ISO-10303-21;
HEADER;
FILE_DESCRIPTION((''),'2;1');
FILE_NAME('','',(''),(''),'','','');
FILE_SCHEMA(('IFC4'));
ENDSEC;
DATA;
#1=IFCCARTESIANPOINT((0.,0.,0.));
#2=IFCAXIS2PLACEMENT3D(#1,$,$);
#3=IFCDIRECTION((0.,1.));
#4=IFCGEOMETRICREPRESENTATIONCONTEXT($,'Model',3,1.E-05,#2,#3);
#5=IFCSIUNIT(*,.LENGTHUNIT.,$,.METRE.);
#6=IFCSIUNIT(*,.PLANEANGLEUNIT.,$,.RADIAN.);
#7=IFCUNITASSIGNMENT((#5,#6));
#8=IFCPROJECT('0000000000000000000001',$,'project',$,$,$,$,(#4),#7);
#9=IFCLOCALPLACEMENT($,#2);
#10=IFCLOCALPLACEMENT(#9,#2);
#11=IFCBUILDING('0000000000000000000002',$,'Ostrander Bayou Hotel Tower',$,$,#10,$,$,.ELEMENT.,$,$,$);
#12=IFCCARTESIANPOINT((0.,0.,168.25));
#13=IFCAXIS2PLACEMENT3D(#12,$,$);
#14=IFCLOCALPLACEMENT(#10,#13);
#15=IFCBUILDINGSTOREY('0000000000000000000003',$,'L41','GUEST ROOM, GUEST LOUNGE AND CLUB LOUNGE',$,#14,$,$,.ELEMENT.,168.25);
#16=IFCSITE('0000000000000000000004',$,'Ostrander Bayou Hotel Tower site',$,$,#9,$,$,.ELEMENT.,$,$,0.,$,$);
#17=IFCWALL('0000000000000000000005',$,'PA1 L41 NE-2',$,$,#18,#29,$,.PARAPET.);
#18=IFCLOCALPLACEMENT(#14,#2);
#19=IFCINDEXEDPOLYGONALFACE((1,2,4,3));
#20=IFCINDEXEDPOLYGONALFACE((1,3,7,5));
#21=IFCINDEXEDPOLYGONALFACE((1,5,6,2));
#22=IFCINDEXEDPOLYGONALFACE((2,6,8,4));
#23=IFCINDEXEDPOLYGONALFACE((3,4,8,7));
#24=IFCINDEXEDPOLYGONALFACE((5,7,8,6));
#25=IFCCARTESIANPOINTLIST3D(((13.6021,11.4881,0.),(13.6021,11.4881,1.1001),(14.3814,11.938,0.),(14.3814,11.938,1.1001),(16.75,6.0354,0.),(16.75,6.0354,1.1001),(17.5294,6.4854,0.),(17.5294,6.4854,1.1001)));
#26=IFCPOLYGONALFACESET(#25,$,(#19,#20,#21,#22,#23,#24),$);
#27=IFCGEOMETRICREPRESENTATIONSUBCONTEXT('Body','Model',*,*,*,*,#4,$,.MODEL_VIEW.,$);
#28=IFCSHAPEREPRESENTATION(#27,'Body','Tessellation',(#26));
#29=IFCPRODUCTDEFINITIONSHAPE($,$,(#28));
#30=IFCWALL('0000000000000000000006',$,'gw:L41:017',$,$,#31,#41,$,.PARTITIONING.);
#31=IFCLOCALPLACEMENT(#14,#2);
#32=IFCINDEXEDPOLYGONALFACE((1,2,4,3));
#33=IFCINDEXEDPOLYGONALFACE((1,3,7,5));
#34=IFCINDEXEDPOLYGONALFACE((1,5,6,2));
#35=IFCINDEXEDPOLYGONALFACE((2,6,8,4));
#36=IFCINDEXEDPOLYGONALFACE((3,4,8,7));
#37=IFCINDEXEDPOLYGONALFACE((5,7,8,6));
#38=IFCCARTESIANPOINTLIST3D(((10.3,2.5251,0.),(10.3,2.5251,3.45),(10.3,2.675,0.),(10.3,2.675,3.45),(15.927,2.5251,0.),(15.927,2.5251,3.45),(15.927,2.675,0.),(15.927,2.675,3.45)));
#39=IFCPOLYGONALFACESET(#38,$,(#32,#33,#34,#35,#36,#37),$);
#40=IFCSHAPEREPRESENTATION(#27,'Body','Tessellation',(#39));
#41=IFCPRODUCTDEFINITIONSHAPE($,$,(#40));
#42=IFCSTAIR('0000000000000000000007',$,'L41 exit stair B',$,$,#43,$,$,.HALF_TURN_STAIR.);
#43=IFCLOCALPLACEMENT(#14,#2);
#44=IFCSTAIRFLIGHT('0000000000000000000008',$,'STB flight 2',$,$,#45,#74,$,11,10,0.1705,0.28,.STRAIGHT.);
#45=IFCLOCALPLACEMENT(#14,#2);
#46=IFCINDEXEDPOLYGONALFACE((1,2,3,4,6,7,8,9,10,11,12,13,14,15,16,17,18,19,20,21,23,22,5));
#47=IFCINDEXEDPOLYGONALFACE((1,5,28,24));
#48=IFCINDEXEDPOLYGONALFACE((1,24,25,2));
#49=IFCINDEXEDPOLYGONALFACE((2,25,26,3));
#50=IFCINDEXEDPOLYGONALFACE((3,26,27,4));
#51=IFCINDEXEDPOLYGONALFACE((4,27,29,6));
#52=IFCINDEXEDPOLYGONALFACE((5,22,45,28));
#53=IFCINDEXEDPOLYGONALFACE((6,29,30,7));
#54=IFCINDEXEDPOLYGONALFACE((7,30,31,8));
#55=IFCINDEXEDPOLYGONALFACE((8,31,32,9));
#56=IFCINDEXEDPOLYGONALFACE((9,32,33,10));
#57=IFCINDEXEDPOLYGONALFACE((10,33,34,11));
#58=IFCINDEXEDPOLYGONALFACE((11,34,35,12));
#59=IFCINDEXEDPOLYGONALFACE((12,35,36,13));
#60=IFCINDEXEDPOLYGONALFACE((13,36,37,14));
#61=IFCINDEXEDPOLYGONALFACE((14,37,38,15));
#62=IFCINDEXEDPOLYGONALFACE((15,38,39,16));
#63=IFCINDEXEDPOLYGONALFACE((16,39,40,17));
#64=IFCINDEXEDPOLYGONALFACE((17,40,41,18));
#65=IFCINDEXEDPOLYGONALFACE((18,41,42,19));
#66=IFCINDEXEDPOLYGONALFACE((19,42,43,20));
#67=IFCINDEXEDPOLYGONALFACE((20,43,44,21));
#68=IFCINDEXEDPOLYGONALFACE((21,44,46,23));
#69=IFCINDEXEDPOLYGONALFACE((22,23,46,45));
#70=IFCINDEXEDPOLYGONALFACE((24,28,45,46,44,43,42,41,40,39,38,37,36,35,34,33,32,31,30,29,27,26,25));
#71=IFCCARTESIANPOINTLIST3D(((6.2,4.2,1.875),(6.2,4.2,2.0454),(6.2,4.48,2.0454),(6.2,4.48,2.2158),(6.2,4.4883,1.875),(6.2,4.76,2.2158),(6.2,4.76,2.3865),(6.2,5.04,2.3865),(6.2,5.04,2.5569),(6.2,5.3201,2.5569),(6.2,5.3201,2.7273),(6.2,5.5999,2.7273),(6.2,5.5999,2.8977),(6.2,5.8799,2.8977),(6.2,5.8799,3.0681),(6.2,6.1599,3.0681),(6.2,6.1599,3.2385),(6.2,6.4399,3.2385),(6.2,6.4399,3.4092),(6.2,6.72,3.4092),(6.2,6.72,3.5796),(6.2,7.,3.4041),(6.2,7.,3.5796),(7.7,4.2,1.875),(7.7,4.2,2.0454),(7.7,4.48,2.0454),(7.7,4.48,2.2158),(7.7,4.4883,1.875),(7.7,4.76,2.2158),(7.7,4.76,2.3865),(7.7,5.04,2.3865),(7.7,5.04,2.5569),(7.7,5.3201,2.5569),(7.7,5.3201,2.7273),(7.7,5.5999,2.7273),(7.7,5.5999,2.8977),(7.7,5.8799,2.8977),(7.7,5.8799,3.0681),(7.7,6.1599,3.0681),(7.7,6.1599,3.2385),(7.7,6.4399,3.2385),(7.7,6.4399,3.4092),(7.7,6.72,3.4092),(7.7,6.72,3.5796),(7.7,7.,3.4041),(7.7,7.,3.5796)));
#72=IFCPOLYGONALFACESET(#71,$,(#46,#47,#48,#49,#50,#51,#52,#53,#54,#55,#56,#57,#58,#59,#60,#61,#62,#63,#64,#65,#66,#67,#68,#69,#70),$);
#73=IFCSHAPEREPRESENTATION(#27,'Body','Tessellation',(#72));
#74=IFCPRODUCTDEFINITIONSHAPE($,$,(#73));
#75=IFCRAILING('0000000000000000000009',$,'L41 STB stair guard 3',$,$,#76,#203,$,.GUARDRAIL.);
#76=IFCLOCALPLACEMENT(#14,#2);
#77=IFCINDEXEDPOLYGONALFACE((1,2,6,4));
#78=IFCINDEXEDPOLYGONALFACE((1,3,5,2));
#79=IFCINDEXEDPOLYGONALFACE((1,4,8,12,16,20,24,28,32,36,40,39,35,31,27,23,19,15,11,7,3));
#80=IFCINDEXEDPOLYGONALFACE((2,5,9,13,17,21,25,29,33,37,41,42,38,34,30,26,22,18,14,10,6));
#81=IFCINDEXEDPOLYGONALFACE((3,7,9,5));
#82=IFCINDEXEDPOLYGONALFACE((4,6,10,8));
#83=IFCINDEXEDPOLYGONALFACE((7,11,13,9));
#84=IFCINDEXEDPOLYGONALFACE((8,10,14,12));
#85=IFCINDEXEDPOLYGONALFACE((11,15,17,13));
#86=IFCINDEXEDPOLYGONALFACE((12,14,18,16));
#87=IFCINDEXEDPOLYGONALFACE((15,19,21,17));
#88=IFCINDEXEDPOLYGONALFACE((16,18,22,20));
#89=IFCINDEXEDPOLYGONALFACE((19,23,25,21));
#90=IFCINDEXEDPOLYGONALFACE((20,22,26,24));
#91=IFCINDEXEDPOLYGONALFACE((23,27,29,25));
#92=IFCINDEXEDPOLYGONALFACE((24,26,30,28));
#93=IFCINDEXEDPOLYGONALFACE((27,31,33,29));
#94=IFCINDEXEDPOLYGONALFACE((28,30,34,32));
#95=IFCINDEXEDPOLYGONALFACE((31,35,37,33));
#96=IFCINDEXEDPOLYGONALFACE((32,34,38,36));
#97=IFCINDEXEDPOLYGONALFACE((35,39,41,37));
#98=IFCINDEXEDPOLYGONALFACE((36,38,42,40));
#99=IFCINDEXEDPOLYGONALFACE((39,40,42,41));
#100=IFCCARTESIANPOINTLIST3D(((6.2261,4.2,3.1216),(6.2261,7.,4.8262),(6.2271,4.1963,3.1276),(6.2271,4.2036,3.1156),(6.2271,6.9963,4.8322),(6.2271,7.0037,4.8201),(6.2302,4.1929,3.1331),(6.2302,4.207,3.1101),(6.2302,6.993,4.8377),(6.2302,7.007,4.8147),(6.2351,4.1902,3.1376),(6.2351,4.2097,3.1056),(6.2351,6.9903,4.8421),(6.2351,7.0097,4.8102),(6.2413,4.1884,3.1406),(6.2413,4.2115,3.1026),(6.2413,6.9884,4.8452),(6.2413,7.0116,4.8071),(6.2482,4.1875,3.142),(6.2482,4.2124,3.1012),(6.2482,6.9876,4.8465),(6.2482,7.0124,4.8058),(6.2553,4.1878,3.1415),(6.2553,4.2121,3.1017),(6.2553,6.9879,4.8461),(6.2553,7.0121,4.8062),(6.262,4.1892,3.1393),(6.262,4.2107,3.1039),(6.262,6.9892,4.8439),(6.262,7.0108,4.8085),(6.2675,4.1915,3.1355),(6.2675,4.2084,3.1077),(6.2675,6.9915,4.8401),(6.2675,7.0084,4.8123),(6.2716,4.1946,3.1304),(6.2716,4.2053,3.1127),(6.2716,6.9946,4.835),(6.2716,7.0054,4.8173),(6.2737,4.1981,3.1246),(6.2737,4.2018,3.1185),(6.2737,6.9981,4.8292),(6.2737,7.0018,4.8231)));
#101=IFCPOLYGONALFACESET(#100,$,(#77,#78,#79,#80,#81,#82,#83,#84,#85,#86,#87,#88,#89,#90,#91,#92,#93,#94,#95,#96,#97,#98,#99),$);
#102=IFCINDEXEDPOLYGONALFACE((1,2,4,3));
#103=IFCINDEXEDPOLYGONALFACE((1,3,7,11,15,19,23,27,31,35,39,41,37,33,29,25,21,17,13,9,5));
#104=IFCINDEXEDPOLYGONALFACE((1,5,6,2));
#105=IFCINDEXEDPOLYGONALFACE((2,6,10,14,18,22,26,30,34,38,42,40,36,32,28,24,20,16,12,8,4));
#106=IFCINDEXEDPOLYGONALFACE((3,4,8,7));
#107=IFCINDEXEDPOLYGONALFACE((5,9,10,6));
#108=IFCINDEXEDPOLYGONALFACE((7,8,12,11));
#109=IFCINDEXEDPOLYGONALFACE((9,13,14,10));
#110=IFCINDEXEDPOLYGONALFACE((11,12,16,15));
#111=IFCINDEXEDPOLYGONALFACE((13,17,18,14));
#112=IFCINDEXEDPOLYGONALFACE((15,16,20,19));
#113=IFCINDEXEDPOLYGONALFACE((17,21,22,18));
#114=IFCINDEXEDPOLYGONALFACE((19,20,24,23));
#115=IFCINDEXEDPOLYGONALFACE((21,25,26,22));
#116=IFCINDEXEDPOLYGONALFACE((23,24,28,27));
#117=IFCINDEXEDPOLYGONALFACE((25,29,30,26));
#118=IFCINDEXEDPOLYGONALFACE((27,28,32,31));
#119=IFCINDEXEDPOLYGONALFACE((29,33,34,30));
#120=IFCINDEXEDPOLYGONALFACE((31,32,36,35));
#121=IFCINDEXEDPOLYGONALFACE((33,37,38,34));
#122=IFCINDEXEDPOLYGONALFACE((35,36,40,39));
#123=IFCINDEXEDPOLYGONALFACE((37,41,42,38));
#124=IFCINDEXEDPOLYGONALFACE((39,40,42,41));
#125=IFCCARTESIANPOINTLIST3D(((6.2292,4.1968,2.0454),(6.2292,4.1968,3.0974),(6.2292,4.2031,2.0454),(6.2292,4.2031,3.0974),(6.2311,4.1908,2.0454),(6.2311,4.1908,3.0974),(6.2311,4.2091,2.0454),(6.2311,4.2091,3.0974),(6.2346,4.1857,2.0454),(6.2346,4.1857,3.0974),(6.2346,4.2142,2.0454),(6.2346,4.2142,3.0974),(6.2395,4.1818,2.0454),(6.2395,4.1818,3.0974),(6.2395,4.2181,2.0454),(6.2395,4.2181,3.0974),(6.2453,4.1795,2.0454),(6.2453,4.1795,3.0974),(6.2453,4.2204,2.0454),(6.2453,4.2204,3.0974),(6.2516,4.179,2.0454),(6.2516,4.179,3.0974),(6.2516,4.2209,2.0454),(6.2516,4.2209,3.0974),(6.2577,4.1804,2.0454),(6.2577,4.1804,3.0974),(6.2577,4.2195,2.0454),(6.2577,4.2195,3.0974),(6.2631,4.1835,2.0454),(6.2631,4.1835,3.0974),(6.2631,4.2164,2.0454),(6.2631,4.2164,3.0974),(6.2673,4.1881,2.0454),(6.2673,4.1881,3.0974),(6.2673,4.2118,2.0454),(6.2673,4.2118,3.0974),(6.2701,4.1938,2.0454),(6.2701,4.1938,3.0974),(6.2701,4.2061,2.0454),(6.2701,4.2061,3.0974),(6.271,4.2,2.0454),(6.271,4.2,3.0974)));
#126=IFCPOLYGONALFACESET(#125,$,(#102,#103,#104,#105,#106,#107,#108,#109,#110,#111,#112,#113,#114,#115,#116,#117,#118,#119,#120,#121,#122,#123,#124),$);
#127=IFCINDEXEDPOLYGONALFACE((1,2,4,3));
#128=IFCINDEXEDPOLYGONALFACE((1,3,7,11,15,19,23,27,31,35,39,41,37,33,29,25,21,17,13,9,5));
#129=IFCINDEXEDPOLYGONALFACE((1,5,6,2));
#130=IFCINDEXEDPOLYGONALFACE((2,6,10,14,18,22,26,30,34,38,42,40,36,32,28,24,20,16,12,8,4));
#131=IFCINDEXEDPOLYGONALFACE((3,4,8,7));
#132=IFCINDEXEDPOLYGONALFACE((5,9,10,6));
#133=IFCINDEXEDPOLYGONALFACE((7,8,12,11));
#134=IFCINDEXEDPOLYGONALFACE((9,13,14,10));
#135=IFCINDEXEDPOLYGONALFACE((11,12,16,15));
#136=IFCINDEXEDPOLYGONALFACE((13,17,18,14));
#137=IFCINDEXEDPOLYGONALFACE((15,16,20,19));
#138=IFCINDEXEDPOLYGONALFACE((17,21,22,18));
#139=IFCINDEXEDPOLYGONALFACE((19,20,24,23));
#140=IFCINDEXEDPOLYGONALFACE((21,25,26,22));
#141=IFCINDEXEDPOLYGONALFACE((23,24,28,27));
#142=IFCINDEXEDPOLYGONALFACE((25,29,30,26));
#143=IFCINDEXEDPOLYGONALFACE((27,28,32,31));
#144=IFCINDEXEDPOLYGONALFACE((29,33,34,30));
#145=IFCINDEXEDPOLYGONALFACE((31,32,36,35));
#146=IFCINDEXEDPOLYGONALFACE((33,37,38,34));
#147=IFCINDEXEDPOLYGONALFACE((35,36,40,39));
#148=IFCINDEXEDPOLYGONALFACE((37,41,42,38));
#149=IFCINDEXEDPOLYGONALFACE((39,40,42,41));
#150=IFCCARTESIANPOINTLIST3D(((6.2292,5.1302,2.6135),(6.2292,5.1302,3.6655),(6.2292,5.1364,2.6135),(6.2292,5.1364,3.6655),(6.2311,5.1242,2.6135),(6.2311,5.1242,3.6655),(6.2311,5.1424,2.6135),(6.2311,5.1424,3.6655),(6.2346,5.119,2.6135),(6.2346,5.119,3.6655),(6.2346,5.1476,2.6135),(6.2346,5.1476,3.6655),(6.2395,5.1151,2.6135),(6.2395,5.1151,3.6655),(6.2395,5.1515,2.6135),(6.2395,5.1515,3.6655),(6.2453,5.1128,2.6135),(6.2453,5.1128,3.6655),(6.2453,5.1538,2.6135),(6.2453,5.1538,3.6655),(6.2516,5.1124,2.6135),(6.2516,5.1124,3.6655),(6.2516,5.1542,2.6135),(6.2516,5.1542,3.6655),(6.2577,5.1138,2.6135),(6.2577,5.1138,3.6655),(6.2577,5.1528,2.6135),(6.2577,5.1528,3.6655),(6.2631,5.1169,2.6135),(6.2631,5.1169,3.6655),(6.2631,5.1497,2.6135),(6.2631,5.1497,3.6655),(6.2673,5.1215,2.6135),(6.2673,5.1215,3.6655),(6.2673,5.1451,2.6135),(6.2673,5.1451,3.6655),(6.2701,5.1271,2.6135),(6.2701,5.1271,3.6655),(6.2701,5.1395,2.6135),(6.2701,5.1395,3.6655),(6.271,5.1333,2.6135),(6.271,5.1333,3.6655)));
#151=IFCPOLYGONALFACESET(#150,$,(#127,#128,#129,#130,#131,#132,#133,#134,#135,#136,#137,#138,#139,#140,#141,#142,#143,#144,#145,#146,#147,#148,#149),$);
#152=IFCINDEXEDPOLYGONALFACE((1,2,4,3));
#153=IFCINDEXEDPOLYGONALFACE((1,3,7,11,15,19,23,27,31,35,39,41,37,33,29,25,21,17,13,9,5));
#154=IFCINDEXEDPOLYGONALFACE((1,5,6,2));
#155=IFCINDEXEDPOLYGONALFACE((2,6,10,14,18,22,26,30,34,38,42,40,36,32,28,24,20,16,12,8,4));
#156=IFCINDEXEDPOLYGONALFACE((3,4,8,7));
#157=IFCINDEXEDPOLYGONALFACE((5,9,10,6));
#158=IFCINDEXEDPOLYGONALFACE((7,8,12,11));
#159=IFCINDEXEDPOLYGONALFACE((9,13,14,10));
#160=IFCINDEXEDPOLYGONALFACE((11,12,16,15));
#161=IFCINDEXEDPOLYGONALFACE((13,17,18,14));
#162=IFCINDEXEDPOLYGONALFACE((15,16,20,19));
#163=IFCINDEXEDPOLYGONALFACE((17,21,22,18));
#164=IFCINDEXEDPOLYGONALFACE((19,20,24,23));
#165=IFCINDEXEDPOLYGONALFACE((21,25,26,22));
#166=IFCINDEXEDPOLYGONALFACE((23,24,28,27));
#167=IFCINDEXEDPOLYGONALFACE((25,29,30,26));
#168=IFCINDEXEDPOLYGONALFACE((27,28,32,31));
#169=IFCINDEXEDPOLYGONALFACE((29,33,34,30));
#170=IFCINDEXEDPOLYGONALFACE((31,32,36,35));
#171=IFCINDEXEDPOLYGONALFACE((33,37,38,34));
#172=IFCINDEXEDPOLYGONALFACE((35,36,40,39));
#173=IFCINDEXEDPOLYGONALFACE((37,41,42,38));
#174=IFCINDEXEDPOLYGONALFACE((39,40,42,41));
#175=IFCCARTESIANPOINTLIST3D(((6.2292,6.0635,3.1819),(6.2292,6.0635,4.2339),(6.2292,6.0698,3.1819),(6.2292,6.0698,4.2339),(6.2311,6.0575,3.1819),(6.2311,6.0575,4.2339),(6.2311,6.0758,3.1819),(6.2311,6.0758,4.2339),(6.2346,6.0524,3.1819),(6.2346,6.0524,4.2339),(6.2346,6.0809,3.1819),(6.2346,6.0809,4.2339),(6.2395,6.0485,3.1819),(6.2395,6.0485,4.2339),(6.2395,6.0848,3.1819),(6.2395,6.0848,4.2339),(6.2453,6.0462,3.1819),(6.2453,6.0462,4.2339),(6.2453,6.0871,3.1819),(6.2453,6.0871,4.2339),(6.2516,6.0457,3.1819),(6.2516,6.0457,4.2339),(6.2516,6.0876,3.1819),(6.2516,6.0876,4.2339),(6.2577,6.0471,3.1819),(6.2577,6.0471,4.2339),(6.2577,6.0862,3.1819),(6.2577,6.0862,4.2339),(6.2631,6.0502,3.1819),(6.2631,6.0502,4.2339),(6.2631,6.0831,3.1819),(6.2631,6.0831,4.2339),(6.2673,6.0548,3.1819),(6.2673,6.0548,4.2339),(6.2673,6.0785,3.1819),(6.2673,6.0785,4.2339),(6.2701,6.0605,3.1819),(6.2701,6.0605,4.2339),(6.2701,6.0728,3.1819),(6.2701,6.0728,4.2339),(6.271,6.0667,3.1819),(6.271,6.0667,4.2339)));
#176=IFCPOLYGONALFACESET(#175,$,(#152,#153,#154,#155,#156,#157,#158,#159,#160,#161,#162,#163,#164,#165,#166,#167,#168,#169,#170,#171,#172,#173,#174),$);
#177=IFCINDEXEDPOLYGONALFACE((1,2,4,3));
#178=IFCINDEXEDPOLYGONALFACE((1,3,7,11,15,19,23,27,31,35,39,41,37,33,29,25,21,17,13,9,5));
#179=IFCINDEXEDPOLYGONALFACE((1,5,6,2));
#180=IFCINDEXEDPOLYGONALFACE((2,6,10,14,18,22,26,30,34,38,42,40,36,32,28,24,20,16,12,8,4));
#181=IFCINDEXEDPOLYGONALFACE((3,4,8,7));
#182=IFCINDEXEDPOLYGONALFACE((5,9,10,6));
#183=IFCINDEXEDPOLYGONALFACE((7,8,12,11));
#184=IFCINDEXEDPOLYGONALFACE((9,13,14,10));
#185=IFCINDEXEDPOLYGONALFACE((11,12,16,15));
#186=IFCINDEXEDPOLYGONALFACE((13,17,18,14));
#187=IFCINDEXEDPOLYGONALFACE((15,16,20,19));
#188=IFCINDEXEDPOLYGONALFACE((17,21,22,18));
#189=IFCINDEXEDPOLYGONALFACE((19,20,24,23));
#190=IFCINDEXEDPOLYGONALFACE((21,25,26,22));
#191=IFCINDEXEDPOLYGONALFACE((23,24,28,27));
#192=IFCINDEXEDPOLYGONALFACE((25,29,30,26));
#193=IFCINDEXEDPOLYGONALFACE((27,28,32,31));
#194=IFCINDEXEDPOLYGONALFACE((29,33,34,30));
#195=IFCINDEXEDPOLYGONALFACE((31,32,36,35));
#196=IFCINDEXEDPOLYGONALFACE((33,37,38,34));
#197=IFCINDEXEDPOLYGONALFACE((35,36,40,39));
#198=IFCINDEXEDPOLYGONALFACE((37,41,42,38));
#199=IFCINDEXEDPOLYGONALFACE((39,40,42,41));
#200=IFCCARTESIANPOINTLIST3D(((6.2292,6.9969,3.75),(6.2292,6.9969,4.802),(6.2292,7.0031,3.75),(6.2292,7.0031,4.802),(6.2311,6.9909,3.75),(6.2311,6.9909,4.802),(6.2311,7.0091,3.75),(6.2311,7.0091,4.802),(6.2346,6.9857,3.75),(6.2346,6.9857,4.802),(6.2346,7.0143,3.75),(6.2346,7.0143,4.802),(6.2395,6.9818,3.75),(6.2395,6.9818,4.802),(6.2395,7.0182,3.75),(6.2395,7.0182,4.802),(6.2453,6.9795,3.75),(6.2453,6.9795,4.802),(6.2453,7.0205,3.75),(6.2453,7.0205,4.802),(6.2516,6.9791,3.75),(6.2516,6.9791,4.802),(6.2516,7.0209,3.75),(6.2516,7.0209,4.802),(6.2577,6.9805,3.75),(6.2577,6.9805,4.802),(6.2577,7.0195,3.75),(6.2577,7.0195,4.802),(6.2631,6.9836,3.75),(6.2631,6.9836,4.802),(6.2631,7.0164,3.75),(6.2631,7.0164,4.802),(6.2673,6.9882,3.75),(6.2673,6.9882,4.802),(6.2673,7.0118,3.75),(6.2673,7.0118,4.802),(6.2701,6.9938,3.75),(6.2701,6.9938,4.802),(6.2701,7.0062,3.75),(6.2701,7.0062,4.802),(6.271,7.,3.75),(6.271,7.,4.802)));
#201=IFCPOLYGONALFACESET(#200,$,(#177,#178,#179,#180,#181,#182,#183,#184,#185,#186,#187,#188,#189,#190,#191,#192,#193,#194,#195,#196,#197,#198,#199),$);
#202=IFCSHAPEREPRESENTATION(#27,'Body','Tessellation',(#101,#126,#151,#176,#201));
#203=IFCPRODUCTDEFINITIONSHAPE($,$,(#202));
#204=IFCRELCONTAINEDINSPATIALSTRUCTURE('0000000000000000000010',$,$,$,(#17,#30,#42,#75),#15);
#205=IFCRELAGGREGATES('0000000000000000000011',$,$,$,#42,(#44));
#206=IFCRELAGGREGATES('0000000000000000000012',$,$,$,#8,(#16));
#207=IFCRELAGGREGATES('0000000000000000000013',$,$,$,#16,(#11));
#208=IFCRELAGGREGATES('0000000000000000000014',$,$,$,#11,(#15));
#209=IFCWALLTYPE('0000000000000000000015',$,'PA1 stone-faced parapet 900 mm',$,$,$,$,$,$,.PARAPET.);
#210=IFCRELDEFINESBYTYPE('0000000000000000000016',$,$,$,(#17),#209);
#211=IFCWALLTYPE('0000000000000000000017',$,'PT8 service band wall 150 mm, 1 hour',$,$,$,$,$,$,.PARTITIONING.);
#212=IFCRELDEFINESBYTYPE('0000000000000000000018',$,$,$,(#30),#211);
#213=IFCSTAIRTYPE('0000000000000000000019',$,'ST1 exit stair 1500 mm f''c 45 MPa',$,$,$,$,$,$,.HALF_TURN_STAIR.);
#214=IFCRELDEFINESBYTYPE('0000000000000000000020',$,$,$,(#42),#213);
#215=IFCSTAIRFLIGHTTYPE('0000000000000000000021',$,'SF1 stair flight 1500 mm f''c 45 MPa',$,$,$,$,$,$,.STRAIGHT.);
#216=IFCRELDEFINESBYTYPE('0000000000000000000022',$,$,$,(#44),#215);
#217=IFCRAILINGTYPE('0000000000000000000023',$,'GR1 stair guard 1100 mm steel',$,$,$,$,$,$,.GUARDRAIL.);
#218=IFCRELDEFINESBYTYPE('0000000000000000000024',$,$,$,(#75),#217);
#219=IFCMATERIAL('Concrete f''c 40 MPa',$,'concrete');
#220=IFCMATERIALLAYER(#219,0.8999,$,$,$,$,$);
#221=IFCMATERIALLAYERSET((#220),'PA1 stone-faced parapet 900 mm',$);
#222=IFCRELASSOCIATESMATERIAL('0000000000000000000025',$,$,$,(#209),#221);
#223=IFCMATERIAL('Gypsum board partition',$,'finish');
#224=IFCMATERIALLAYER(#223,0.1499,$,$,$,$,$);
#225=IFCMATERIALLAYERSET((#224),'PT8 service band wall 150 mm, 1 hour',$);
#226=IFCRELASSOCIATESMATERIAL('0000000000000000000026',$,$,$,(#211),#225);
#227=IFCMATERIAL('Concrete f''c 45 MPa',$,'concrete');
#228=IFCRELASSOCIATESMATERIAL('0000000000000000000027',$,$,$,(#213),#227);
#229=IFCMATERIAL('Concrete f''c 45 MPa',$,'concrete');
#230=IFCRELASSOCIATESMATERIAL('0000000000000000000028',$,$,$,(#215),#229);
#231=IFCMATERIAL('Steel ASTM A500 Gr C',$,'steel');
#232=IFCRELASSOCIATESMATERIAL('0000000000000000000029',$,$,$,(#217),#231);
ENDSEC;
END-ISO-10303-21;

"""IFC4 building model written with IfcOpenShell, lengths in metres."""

from ifc_helpers import new_model, si_unit, direction, frame, frame_2d, origin, origin_2d, place, context, subcontext, project, spatial, polyline, rectangle, circle, outline, extrude, material, layer, layer_set, type_object, element, aggregate, save


model = new_model("IFC4")

# Units and contexts
model_context = context("Model", 3, precision=1e-05, world=origin(), true_north=direction((0.0, 1.0)))
body_context = subcontext(model_context, "Body", "Model", "MODEL_VIEW")
ifc_project = project(units=[si_unit("LENGTHUNIT", "METRE"), si_unit("PLANEANGLEUNIT", "RADIAN")], contexts=[model_context])

# Site, building, storey
site_placement = place(None, origin())
site = spatial("IfcSite", under=ifc_project, at=site_placement, Name="Ostrander Bayou Hotel Tower site", CompositionType="ELEMENT", RefElevation=0.0)
building_placement = place(site_placement, origin())
building = spatial("IfcBuilding", under=site, at=building_placement, Name="Ostrander Bayou Hotel Tower", CompositionType="ELEMENT")
storey_placement = place(building_placement, frame((0.0, 0.0, 168.25)))
storey = spatial("IfcBuildingStorey", under=building, at=storey_placement, Name="L41", Description="GUEST ROOM, GUEST LOUNGE AND CLUB LOUNGE", CompositionType="ELEMENT", Elevation=168.25)

# Walls
ifc_material_1 = material(Name="Concrete f'c 40 MPa", Category="concrete")
ifc_layer_1 = layer(ifc_material_1, 0.8999)
ifc_layer_set_1 = layer_set([ifc_layer_1], Name="PA1 stone-faced parapet 900 mm")
wall_type_1 = type_object("IfcWallType", Name="PA1 stone-faced parapet 900 mm", PredefinedType="PARAPET", material=ifc_layer_set_1)
wall_1_placement = place(storey_placement, frame((17.1396, 6.2605, 0.0), z_axis=(0.0, 0.0, 1.0), x_axis=(-0.499984, 0.866034, 0.0)))
element("IfcWall", 1, at=wall_1_placement, inside=storey, type_object=wall_type_1, Name="PA1 L41 NE-2", PredefinedType="PARAPET", context=body_context, shape_type="SweptSolid", body=[
    extrude(rectangle(XDim=6.2961, YDim=0.8999, at=frame_2d((3.1479, 0.0))), origin(), (0.0, 0.0, 1.0), 1.1001),
])
ifc_material_2 = material(Name="Gypsum board partition", Category="finish")
ifc_layer_2 = layer(ifc_material_2, 0.1499)
ifc_layer_set_2 = layer_set([ifc_layer_2], Name="PT8 service band wall 150 mm, 1 hour")
wall_type_2 = type_object("IfcWallType", Name="PT8 service band wall 150 mm, 1 hour", PredefinedType="PARTITIONING", material=ifc_layer_set_2)
wall_2_placement = place(storey_placement, frame((10.3, 2.6001, 0.0), z_axis=(0.0, 0.0, 1.0), x_axis=(1.0, 0.0, 0.0)))
element("IfcWall", 2, at=wall_2_placement, inside=storey, type_object=wall_type_2, Name="gw:L41:017", PredefinedType="PARTITIONING", context=body_context, shape_type="SweptSolid", body=[
    extrude(rectangle(XDim=5.627, YDim=0.1499, at=frame_2d((2.8135, 0.0))), origin(), (0.0, 0.0, 1.0), 3.45),
])

# Stair, stair flight
ifc_material_3 = material(Name="Concrete f'c 45 MPa", Category="concrete")
stair_type = type_object("IfcStairType", Name="ST1 exit stair 1500 mm f'c 45 MPa", PredefinedType="HALF_TURN_STAIR", material=ifc_material_3)
stair_placement = place(storey_placement, origin())
stair = element("IfcStair", 3, at=stair_placement, inside=storey, type_object=stair_type, Name="L41 exit stair B", PredefinedType="HALF_TURN_STAIR")
ifc_material_4 = material(Name="Concrete f'c 45 MPa", Category="concrete")
stair_flight_type = type_object("IfcStairFlightType", Name="SF1 stair flight 1500 mm f'c 45 MPa", PredefinedType="STRAIGHT", material=ifc_material_4)
stair_flight_placement = place(storey_placement, frame((6.95, 4.2, 1.875), z_axis=(0.0, 0.0, 1.0), x_axis=(0.0, 1.0, 0.0)))
stair_flight = element("IfcStairFlight", 4, at=stair_flight_placement, type_object=stair_flight_type, Name="STB flight 2", NumberOfRisers=11, NumberOfTreads=10, PredefinedType="STRAIGHT", RiserHeight=0.1705, TreadLength=0.28, context=body_context, shape_type="SweptSolid", body=[
    extrude(outline(polyline([(0.0, 0.0), (0.0, 0.1704), (0.28, 0.1704), (0.28, 0.3408), (0.5601, 0.3408), (0.5601, 0.5115), (0.8401, 0.5115), (0.8401, 0.6819), (1.1201, 0.6819), (1.1201, 0.8523), (1.3999, 0.8523), (1.3999, 1.0227), (1.6799, 1.0227), (1.6799, 1.1931), (1.96, 1.1931), (1.96, 1.3635), (2.24, 1.3635), (2.24, 1.5342), (2.52, 1.5342), (2.52, 1.7046), (2.8, 1.7046), (2.8, 1.875), (2.8, 1.5291), (0.2883, 0.0), (0.0, 0.0)])), frame((0.0, 0.75, 0.0), z_axis=(0.0, -1.0, 0.0), x_axis=(1.0, 0.0, 0.0)), (0.0, 0.0, 1.0), 1.5),
])
aggregate(stair, [stair_flight])

# Railing
ifc_material_5 = material(Name="Steel ASTM A500 Gr C", Category="steel")
railing_type_1 = type_object("IfcRailingType", Name="GR1 stair guard 1100 mm steel", PredefinedType="GUARDRAIL", material=ifc_material_5)
railing_1_placement = place(storey_placement, frame((6.25, 4.2, 2.0454)))
element("IfcRailing", 5, at=railing_1_placement, inside=storey, type_object=railing_type_1, Name="L41 STB stair guard 3", PredefinedType="GUARDRAIL", context=body_context, shape_type="SweptSolid", body=[
    extrude(circle(Radius=0.0239, at=origin_2d()), frame((0.0, 0.0, 1.0762), z_axis=(0.0, 0.85417, 0.519994), x_axis=(-1.0, 0.0, 0.0)), (0.0, 0.0, 1.0), 3.2781),
    extrude(circle(Radius=0.021, at=origin_2d()), origin(), (0.0, 0.0, 1.0), 1.052),
    extrude(circle(Radius=0.021, at=origin_2d()), frame((0.0, 0.9333, 0.5681)), (0.0, 0.0, 1.0), 1.052),
    extrude(circle(Radius=0.021, at=origin_2d()), frame((0.0, 1.8667, 1.1365)), (0.0, 0.0, 1.0), 1.052),
    extrude(circle(Radius=0.021, at=origin_2d()), frame((0.0, 2.8, 1.7046)), (0.0, 0.0, 1.0), 1.052),
])

save(model, "model.ifc")
